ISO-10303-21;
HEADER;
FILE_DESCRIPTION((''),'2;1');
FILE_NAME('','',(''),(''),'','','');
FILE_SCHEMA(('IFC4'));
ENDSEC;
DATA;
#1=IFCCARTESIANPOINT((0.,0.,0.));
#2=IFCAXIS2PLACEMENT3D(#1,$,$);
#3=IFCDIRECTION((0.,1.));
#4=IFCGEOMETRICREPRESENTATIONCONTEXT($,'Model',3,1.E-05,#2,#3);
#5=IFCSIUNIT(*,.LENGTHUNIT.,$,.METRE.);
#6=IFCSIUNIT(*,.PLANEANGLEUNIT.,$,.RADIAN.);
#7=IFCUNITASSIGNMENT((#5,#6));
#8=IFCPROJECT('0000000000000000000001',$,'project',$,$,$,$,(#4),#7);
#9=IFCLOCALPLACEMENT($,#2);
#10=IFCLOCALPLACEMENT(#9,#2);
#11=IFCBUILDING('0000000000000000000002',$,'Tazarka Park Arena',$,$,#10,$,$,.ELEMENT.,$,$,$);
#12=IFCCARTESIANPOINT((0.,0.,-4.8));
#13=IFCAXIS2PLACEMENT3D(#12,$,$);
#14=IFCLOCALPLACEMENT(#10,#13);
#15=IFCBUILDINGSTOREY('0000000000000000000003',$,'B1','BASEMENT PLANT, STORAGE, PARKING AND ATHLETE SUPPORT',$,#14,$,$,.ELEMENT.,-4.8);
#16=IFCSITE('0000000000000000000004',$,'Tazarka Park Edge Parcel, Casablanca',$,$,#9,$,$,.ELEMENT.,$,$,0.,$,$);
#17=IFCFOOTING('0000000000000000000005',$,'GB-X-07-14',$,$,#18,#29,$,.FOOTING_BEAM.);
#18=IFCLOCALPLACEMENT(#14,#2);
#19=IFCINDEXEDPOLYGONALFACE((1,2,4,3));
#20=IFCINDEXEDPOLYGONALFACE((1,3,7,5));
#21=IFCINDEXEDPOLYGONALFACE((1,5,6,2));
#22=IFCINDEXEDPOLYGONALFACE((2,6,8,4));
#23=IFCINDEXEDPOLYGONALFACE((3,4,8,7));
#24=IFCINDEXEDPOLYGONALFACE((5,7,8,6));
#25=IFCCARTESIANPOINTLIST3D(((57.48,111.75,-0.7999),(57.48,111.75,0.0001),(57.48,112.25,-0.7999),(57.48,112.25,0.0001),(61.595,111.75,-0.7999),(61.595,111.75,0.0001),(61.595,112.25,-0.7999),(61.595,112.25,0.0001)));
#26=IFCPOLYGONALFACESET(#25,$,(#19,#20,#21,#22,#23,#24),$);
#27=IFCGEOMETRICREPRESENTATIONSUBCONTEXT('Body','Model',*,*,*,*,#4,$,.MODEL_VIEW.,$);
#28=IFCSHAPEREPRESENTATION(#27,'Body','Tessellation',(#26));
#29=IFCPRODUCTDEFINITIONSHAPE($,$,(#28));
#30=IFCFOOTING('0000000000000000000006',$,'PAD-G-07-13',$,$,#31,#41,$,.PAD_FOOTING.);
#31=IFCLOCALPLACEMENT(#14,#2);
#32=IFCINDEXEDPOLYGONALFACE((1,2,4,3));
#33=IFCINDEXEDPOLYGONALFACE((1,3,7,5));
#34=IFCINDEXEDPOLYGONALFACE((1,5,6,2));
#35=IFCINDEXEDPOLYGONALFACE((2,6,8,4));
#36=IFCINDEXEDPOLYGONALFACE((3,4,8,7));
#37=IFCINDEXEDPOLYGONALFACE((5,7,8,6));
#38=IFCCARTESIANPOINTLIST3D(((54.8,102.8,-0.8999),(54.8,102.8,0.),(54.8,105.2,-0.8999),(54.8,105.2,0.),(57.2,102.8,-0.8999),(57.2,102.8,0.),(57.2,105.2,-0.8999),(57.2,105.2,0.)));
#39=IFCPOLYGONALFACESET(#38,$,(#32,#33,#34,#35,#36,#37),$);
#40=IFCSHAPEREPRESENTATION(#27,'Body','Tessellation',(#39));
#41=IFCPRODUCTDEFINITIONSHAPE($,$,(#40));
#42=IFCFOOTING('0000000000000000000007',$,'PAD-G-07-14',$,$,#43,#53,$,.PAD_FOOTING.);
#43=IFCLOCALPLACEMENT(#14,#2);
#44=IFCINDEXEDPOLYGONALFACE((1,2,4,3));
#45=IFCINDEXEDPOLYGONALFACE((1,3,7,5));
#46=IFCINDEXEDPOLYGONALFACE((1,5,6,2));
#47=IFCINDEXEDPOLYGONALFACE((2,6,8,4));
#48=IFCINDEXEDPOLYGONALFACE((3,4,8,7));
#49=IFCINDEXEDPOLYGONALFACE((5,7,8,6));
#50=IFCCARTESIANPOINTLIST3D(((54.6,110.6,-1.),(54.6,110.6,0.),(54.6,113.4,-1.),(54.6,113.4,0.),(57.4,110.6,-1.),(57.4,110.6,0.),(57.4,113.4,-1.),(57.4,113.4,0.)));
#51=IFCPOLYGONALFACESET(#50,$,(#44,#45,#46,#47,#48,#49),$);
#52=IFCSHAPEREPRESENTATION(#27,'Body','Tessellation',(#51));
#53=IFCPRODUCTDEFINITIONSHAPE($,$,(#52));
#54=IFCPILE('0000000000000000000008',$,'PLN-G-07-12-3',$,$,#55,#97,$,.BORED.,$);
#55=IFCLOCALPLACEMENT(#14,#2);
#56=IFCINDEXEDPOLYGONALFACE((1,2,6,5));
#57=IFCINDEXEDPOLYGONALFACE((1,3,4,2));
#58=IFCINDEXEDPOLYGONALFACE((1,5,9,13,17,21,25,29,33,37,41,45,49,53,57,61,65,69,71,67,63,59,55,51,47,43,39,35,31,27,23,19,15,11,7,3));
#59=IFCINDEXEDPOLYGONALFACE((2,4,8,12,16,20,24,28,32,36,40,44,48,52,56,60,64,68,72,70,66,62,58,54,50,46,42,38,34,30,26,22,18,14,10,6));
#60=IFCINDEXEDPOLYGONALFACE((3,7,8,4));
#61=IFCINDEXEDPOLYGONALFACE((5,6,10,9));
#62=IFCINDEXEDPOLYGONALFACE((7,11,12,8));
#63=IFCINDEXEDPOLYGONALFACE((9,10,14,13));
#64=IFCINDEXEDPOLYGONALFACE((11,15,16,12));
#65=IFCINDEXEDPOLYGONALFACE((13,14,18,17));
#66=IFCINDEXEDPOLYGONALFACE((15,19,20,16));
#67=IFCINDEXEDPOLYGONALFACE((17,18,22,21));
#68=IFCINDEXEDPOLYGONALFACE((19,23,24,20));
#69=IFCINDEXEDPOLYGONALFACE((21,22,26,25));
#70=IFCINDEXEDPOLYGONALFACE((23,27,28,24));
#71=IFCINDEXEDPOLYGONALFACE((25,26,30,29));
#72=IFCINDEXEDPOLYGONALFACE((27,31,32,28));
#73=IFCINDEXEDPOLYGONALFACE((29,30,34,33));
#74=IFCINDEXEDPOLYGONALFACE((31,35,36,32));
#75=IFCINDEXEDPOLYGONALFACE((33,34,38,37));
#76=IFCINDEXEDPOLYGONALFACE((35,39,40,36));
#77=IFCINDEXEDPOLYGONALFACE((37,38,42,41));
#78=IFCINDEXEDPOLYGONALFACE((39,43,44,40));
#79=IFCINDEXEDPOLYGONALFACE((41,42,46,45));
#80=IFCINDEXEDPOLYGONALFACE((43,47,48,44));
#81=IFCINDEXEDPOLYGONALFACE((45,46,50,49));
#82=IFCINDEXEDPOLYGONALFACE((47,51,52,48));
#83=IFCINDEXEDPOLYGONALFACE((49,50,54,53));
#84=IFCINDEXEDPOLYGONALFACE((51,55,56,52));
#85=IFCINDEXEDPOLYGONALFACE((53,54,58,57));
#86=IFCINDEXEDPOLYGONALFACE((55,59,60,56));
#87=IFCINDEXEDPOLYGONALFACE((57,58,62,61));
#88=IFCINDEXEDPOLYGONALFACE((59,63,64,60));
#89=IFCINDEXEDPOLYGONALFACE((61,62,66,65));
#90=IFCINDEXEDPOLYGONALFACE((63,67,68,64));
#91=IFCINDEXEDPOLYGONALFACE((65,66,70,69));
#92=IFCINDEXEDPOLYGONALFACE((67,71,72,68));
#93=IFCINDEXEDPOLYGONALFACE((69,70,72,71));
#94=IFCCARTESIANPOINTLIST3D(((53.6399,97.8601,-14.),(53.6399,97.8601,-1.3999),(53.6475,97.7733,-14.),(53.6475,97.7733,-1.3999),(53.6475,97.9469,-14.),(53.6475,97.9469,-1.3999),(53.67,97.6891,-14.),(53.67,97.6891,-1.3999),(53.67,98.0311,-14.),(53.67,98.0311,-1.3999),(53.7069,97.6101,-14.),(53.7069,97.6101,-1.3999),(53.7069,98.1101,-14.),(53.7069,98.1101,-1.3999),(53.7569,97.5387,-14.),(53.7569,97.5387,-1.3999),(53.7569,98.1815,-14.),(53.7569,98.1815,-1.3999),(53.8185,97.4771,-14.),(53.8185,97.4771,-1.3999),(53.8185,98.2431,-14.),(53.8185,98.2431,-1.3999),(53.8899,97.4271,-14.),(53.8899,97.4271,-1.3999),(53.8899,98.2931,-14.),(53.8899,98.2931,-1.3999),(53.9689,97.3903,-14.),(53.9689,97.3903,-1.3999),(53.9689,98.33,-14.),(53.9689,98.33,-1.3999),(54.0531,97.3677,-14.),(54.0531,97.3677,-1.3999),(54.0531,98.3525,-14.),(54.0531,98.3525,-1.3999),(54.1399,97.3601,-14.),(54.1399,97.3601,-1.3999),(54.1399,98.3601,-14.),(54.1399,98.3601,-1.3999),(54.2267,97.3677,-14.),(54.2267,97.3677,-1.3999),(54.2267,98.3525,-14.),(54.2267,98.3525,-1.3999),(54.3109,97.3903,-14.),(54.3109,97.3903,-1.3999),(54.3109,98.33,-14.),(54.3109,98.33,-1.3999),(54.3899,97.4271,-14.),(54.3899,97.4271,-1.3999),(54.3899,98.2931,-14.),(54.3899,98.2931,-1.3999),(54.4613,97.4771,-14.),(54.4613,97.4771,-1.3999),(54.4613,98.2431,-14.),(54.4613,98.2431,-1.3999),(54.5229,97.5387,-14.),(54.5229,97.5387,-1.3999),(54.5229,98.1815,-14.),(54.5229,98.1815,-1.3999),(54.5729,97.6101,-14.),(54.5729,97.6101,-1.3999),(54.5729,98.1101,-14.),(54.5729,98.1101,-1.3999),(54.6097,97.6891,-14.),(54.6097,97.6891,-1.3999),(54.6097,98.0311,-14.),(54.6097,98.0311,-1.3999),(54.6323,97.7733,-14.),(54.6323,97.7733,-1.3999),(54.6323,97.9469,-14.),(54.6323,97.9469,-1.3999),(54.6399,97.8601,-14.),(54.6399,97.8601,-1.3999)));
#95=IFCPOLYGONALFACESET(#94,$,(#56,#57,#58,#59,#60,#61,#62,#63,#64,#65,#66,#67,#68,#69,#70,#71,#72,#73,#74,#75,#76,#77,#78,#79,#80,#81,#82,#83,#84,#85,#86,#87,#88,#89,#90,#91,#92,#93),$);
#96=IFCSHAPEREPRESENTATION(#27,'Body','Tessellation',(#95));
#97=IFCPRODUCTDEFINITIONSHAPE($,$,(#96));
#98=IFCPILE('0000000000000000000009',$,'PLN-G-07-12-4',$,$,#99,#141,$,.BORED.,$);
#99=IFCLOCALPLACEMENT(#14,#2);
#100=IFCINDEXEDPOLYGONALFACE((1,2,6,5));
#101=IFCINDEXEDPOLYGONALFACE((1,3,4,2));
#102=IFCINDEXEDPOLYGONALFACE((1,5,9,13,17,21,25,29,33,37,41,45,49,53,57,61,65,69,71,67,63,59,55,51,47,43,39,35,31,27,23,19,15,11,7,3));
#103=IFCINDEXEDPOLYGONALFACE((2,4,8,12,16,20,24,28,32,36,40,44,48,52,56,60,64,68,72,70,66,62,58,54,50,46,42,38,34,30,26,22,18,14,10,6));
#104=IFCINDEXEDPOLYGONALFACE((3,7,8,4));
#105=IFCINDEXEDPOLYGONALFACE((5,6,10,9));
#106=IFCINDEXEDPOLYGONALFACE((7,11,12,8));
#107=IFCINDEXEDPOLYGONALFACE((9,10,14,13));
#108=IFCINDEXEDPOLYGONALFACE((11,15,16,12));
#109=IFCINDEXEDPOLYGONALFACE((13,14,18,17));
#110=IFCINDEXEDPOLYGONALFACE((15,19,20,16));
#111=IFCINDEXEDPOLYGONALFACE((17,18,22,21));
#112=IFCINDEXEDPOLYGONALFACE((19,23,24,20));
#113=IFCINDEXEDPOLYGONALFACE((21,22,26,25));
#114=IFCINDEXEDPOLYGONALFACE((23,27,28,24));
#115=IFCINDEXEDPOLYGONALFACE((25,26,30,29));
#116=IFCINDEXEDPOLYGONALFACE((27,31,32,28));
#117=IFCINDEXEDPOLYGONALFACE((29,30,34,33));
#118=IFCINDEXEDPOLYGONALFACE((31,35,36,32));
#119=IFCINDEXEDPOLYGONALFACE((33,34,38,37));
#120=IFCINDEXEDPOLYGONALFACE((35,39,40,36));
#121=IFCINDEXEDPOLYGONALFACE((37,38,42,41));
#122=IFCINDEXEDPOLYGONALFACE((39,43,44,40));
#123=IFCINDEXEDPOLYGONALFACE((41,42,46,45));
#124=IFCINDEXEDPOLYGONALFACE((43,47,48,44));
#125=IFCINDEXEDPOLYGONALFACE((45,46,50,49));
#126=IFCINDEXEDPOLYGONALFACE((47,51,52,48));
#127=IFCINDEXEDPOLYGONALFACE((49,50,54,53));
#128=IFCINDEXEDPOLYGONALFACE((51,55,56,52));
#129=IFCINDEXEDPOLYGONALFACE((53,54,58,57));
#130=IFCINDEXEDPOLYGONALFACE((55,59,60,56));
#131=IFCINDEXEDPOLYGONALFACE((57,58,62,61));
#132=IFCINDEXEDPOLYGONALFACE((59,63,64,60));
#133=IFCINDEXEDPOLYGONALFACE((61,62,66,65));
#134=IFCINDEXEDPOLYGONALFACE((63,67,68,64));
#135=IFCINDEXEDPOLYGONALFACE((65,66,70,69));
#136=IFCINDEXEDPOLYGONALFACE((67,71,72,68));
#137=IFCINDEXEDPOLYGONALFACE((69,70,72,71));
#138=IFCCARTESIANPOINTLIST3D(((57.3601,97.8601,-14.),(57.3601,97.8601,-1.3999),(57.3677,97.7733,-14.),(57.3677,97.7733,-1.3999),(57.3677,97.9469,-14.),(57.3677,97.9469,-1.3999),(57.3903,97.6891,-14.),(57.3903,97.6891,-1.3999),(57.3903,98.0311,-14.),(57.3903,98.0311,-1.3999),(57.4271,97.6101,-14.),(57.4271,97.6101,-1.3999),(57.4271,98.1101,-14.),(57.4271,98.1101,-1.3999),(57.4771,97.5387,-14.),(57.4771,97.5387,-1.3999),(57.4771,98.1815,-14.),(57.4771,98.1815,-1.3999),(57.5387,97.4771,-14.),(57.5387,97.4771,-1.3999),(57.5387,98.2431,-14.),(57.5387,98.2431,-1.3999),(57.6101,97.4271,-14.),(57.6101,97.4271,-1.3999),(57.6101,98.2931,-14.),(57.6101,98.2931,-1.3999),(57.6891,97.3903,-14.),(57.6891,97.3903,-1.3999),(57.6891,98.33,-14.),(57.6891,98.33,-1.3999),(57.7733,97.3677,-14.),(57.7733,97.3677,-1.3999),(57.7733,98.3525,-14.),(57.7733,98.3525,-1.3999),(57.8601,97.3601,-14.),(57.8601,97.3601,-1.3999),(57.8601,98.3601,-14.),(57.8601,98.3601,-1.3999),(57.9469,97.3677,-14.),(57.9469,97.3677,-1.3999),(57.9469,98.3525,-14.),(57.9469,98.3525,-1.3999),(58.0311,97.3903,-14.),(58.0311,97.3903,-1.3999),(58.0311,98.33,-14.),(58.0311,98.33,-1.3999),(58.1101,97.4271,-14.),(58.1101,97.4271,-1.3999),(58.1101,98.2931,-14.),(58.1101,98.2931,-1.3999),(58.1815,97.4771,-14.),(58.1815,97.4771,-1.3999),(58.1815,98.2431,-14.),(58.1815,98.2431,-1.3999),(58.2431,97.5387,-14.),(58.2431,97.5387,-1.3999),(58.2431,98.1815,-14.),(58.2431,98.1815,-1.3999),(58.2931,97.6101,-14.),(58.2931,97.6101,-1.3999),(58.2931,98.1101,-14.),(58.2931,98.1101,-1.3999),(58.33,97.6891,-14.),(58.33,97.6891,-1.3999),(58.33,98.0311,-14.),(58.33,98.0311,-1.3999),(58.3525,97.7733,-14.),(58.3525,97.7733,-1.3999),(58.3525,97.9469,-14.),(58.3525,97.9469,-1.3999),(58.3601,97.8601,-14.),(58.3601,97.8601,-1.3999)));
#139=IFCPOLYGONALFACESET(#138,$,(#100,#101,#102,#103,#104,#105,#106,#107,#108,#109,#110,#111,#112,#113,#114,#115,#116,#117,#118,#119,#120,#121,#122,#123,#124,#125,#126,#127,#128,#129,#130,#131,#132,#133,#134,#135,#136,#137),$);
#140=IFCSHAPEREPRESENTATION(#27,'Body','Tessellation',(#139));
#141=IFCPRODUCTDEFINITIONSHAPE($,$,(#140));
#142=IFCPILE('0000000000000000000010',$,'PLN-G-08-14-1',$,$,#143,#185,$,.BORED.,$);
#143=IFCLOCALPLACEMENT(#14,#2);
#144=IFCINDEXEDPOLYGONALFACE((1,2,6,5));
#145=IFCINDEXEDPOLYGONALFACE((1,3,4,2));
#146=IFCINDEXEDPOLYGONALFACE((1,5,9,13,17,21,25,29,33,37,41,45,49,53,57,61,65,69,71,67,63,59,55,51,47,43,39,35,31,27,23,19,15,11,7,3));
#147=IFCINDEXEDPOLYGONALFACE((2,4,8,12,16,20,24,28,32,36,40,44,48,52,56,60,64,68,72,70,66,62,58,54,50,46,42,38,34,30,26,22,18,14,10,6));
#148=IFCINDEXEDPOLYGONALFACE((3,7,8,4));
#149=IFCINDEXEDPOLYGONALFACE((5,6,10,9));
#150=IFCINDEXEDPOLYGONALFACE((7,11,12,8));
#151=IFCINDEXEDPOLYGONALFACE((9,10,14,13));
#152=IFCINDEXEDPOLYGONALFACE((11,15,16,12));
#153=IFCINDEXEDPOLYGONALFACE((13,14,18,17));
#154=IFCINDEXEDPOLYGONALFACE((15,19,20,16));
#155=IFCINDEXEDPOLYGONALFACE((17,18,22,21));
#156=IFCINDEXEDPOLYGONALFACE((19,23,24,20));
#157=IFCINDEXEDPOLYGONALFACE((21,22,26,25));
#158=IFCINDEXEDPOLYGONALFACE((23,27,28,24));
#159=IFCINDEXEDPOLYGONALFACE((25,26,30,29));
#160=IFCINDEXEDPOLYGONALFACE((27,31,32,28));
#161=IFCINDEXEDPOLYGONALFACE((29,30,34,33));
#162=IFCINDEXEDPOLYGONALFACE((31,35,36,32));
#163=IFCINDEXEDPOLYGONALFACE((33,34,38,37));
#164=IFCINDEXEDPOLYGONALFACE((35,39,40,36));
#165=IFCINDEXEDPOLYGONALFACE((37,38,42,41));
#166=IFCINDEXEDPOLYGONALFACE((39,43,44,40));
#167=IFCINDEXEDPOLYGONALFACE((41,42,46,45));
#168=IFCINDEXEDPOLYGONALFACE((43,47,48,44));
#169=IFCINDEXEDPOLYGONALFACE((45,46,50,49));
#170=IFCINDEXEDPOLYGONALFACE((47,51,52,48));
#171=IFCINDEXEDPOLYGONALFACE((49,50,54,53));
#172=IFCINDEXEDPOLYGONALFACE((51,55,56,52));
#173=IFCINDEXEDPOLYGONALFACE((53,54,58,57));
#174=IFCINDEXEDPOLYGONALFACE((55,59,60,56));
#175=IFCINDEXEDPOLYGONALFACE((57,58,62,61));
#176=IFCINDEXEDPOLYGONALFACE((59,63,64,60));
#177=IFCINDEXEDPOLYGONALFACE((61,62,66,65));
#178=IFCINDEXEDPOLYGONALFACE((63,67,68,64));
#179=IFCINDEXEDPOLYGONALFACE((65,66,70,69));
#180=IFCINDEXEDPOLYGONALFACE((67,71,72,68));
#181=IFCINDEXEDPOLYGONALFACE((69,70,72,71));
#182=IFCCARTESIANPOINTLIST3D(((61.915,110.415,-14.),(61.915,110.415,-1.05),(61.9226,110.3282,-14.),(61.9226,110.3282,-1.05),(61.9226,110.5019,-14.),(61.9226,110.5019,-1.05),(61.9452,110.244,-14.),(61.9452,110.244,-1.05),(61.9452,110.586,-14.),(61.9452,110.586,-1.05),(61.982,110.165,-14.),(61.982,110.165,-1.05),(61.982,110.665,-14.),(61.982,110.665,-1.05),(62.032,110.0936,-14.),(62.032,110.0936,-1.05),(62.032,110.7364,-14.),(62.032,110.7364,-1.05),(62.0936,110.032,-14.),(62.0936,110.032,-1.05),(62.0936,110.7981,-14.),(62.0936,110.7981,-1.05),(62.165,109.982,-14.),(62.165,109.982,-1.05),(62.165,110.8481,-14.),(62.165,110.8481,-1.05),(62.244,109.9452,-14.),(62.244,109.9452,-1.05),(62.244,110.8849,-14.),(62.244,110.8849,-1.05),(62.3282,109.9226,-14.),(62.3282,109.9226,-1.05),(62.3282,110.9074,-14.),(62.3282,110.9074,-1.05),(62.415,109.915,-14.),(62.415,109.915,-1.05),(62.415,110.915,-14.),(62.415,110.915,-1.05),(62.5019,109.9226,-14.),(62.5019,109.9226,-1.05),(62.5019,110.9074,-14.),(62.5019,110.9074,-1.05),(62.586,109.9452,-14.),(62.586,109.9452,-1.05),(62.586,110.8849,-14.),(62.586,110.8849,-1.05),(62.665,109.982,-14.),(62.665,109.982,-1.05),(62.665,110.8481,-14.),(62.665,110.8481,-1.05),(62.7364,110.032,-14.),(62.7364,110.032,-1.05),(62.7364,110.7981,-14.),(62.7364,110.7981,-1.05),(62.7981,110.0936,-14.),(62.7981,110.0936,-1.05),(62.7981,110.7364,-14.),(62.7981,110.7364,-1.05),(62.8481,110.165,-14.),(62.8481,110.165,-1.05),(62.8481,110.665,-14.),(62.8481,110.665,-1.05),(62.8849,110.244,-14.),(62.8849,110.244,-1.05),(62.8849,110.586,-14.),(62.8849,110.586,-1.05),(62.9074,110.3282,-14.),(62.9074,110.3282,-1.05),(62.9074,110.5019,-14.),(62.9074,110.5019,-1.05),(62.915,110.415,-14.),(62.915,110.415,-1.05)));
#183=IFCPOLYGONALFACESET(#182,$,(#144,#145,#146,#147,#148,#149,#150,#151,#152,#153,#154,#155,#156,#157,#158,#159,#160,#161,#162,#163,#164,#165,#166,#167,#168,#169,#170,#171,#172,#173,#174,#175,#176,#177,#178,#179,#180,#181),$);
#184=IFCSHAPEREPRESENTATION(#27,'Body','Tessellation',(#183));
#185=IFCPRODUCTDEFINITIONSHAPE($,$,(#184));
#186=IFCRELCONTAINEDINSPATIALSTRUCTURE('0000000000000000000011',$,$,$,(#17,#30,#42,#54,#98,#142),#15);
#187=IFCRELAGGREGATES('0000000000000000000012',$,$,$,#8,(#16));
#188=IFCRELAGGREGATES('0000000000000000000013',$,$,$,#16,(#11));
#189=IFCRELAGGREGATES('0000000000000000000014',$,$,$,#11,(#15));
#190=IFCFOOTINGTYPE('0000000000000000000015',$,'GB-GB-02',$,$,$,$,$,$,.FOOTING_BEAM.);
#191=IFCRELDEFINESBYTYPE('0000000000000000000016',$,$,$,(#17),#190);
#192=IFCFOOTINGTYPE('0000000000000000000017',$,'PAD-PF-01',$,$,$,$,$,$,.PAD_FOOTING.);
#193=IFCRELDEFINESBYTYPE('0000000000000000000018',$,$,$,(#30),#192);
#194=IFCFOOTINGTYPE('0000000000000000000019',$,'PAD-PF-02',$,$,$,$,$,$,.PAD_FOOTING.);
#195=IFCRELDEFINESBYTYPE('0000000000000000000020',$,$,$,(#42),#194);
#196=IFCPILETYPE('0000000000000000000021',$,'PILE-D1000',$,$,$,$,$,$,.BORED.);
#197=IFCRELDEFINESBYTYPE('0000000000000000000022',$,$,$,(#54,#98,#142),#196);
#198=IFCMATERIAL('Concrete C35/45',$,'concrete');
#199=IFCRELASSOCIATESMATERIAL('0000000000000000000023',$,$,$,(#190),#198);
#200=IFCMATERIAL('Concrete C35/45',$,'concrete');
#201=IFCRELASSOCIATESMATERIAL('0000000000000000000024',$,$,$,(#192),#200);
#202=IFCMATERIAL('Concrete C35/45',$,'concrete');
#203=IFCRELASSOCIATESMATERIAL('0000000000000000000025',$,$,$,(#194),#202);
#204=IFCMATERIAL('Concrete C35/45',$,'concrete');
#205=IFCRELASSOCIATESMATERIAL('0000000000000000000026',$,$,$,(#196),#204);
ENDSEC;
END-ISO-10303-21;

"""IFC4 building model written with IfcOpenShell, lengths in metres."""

from ifc_helpers import new_model, si_unit, direction, frame, origin, origin_2d, place, context, subcontext, project, spatial, rectangle, circle, extrude, material, material_profile, profile_set, type_object, element, save


model = new_model("IFC4")

# Units and contexts
model_context = context("Model", 3, precision=1e-05, world=origin(), true_north=direction((0.0, 1.0)))
body_context = subcontext(model_context, "Body", "Model", "MODEL_VIEW")
ifc_project = project(units=[si_unit("LENGTHUNIT", "METRE"), si_unit("PLANEANGLEUNIT", "RADIAN")], contexts=[model_context])

# Site, building, storey
site_placement = place(None, origin())
site = spatial("IfcSite", under=ifc_project, at=site_placement, Name="Tazarka Park Edge Parcel, Casablanca", CompositionType="ELEMENT", RefElevation=0.0)
building_placement = place(site_placement, origin())
building = spatial("IfcBuilding", under=site, at=building_placement, Name="Tazarka Park Arena", CompositionType="ELEMENT")
storey_placement = place(building_placement, frame((0.0, 0.0, -4.8)))
storey = spatial("IfcBuildingStorey", under=building, at=storey_placement, Name="B1", Description="BASEMENT PLANT, STORAGE, PARKING AND ATHLETE SUPPORT", CompositionType="ELEMENT", Elevation=-4.8)

# Footings
ifc_material_1 = material(Name="Concrete C35/45", Category="concrete")
ifc_material_profile_1 = material_profile(ifc_material_1, rectangle(XDim=0.5, YDim=0.8, at=origin_2d()), Name="Concrete C35/45")
ifc_profile_set_1 = profile_set([ifc_material_profile_1], Name="Concrete C35/45")
footing_type_1 = type_object("IfcFootingType", Name="GB-GB-02", PredefinedType="FOOTING_BEAM", material=ifc_profile_set_1)
footing_1_placement = place(storey_placement, frame((57.48, 112.0, -0.3999), z_axis=(1.0, 0.0, 0.0), x_axis=(0.0, 1.0, 0.0)))
element("IfcFooting", 1, at=footing_1_placement, inside=storey, type_object=footing_type_1, Name="GB-X-07-14", PredefinedType="FOOTING_BEAM", context=body_context, shape_type="SweptSolid", body=[
    extrude(rectangle(XDim=0.5, YDim=0.8, at=origin_2d()), origin(), (0.0, 0.0, 1.0), 4.115),
])
ifc_material_2 = material(Name="Concrete C35/45", Category="concrete")
footing_type_2 = type_object("IfcFootingType", Name="PAD-PF-01", PredefinedType="PAD_FOOTING", material=ifc_material_2)
footing_2_placement = place(storey_placement, frame((56.0, 104.0, -0.8999), z_axis=(0.0, 0.0, 1.0), x_axis=(1.0, 0.0, 0.0)))
element("IfcFooting", 2, at=footing_2_placement, inside=storey, type_object=footing_type_2, Name="PAD-G-07-13", PredefinedType="PAD_FOOTING", context=body_context, shape_type="SweptSolid", body=[
    extrude(rectangle(XDim=2.3999, YDim=2.3999, at=origin_2d()), origin(), (0.0, 0.0, 1.0), 0.8999),
])
ifc_material_3 = material(Name="Concrete C35/45", Category="concrete")
footing_type_3 = type_object("IfcFootingType", Name="PAD-PF-02", PredefinedType="PAD_FOOTING", material=ifc_material_3)
footing_3_placement = place(storey_placement, frame((56.0, 112.0, -1.0), z_axis=(0.0, 0.0, 1.0), x_axis=(1.0, 0.0, 0.0)))
element("IfcFooting", 3, at=footing_3_placement, inside=storey, type_object=footing_type_3, Name="PAD-G-07-14", PredefinedType="PAD_FOOTING", context=body_context, shape_type="SweptSolid", body=[
    extrude(rectangle(XDim=2.8, YDim=2.8, at=origin_2d()), origin(), (0.0, 0.0, 1.0), 1.0),
])

# Piles
ifc_material_4 = material(Name="Concrete C35/45", Category="concrete")
ifc_material_profile_2 = material_profile(ifc_material_4, circle(Radius=0.5, at=origin_2d()), Name="Concrete C35/45")
ifc_profile_set_2 = profile_set([ifc_material_profile_2], Name="Concrete C35/45")
pile_type_1 = type_object("IfcPileType", Name="PILE-D1000", PredefinedType="BORED", material=ifc_profile_set_2)
for number, where, z_axis, x_axis, name in (
    (4, (54.1399, 97.8601, -1.3999), (0.0, 0.0, -1.0), (1.0, 0.0, 0.0), "PLN-G-07-12-3"),
    (5, (57.8601, 97.8601, -1.3999), (0.0, 0.0, -1.0), (1.0, 0.0, 0.0), "PLN-G-07-12-4"),
):
    element("IfcPile", number, at=place(storey_placement, frame(where, z_axis=z_axis, x_axis=x_axis)), inside=storey, type_object=pile_type_1, Name=name, PredefinedType="BORED", context=body_context, shape_type="SweptSolid", body=[
        extrude(circle(Radius=0.5, at=origin_2d()), origin(), (0.0, 0.0, 1.0), 12.6001),
    ])
pile_1_placement = place(storey_placement, frame((62.415, 110.415, -1.05), z_axis=(0.0, 0.0, -1.0), x_axis=(1.0, 0.0, 0.0)))
element("IfcPile", 6, at=pile_1_placement, inside=storey, type_object=pile_type_1, Name="PLN-G-08-14-1", PredefinedType="BORED", context=body_context, shape_type="SweptSolid", body=[
    extrude(circle(Radius=0.5, at=origin_2d()), origin(), (0.0, 0.0, 1.0), 12.95),
])

save(model, "model.ifc")
